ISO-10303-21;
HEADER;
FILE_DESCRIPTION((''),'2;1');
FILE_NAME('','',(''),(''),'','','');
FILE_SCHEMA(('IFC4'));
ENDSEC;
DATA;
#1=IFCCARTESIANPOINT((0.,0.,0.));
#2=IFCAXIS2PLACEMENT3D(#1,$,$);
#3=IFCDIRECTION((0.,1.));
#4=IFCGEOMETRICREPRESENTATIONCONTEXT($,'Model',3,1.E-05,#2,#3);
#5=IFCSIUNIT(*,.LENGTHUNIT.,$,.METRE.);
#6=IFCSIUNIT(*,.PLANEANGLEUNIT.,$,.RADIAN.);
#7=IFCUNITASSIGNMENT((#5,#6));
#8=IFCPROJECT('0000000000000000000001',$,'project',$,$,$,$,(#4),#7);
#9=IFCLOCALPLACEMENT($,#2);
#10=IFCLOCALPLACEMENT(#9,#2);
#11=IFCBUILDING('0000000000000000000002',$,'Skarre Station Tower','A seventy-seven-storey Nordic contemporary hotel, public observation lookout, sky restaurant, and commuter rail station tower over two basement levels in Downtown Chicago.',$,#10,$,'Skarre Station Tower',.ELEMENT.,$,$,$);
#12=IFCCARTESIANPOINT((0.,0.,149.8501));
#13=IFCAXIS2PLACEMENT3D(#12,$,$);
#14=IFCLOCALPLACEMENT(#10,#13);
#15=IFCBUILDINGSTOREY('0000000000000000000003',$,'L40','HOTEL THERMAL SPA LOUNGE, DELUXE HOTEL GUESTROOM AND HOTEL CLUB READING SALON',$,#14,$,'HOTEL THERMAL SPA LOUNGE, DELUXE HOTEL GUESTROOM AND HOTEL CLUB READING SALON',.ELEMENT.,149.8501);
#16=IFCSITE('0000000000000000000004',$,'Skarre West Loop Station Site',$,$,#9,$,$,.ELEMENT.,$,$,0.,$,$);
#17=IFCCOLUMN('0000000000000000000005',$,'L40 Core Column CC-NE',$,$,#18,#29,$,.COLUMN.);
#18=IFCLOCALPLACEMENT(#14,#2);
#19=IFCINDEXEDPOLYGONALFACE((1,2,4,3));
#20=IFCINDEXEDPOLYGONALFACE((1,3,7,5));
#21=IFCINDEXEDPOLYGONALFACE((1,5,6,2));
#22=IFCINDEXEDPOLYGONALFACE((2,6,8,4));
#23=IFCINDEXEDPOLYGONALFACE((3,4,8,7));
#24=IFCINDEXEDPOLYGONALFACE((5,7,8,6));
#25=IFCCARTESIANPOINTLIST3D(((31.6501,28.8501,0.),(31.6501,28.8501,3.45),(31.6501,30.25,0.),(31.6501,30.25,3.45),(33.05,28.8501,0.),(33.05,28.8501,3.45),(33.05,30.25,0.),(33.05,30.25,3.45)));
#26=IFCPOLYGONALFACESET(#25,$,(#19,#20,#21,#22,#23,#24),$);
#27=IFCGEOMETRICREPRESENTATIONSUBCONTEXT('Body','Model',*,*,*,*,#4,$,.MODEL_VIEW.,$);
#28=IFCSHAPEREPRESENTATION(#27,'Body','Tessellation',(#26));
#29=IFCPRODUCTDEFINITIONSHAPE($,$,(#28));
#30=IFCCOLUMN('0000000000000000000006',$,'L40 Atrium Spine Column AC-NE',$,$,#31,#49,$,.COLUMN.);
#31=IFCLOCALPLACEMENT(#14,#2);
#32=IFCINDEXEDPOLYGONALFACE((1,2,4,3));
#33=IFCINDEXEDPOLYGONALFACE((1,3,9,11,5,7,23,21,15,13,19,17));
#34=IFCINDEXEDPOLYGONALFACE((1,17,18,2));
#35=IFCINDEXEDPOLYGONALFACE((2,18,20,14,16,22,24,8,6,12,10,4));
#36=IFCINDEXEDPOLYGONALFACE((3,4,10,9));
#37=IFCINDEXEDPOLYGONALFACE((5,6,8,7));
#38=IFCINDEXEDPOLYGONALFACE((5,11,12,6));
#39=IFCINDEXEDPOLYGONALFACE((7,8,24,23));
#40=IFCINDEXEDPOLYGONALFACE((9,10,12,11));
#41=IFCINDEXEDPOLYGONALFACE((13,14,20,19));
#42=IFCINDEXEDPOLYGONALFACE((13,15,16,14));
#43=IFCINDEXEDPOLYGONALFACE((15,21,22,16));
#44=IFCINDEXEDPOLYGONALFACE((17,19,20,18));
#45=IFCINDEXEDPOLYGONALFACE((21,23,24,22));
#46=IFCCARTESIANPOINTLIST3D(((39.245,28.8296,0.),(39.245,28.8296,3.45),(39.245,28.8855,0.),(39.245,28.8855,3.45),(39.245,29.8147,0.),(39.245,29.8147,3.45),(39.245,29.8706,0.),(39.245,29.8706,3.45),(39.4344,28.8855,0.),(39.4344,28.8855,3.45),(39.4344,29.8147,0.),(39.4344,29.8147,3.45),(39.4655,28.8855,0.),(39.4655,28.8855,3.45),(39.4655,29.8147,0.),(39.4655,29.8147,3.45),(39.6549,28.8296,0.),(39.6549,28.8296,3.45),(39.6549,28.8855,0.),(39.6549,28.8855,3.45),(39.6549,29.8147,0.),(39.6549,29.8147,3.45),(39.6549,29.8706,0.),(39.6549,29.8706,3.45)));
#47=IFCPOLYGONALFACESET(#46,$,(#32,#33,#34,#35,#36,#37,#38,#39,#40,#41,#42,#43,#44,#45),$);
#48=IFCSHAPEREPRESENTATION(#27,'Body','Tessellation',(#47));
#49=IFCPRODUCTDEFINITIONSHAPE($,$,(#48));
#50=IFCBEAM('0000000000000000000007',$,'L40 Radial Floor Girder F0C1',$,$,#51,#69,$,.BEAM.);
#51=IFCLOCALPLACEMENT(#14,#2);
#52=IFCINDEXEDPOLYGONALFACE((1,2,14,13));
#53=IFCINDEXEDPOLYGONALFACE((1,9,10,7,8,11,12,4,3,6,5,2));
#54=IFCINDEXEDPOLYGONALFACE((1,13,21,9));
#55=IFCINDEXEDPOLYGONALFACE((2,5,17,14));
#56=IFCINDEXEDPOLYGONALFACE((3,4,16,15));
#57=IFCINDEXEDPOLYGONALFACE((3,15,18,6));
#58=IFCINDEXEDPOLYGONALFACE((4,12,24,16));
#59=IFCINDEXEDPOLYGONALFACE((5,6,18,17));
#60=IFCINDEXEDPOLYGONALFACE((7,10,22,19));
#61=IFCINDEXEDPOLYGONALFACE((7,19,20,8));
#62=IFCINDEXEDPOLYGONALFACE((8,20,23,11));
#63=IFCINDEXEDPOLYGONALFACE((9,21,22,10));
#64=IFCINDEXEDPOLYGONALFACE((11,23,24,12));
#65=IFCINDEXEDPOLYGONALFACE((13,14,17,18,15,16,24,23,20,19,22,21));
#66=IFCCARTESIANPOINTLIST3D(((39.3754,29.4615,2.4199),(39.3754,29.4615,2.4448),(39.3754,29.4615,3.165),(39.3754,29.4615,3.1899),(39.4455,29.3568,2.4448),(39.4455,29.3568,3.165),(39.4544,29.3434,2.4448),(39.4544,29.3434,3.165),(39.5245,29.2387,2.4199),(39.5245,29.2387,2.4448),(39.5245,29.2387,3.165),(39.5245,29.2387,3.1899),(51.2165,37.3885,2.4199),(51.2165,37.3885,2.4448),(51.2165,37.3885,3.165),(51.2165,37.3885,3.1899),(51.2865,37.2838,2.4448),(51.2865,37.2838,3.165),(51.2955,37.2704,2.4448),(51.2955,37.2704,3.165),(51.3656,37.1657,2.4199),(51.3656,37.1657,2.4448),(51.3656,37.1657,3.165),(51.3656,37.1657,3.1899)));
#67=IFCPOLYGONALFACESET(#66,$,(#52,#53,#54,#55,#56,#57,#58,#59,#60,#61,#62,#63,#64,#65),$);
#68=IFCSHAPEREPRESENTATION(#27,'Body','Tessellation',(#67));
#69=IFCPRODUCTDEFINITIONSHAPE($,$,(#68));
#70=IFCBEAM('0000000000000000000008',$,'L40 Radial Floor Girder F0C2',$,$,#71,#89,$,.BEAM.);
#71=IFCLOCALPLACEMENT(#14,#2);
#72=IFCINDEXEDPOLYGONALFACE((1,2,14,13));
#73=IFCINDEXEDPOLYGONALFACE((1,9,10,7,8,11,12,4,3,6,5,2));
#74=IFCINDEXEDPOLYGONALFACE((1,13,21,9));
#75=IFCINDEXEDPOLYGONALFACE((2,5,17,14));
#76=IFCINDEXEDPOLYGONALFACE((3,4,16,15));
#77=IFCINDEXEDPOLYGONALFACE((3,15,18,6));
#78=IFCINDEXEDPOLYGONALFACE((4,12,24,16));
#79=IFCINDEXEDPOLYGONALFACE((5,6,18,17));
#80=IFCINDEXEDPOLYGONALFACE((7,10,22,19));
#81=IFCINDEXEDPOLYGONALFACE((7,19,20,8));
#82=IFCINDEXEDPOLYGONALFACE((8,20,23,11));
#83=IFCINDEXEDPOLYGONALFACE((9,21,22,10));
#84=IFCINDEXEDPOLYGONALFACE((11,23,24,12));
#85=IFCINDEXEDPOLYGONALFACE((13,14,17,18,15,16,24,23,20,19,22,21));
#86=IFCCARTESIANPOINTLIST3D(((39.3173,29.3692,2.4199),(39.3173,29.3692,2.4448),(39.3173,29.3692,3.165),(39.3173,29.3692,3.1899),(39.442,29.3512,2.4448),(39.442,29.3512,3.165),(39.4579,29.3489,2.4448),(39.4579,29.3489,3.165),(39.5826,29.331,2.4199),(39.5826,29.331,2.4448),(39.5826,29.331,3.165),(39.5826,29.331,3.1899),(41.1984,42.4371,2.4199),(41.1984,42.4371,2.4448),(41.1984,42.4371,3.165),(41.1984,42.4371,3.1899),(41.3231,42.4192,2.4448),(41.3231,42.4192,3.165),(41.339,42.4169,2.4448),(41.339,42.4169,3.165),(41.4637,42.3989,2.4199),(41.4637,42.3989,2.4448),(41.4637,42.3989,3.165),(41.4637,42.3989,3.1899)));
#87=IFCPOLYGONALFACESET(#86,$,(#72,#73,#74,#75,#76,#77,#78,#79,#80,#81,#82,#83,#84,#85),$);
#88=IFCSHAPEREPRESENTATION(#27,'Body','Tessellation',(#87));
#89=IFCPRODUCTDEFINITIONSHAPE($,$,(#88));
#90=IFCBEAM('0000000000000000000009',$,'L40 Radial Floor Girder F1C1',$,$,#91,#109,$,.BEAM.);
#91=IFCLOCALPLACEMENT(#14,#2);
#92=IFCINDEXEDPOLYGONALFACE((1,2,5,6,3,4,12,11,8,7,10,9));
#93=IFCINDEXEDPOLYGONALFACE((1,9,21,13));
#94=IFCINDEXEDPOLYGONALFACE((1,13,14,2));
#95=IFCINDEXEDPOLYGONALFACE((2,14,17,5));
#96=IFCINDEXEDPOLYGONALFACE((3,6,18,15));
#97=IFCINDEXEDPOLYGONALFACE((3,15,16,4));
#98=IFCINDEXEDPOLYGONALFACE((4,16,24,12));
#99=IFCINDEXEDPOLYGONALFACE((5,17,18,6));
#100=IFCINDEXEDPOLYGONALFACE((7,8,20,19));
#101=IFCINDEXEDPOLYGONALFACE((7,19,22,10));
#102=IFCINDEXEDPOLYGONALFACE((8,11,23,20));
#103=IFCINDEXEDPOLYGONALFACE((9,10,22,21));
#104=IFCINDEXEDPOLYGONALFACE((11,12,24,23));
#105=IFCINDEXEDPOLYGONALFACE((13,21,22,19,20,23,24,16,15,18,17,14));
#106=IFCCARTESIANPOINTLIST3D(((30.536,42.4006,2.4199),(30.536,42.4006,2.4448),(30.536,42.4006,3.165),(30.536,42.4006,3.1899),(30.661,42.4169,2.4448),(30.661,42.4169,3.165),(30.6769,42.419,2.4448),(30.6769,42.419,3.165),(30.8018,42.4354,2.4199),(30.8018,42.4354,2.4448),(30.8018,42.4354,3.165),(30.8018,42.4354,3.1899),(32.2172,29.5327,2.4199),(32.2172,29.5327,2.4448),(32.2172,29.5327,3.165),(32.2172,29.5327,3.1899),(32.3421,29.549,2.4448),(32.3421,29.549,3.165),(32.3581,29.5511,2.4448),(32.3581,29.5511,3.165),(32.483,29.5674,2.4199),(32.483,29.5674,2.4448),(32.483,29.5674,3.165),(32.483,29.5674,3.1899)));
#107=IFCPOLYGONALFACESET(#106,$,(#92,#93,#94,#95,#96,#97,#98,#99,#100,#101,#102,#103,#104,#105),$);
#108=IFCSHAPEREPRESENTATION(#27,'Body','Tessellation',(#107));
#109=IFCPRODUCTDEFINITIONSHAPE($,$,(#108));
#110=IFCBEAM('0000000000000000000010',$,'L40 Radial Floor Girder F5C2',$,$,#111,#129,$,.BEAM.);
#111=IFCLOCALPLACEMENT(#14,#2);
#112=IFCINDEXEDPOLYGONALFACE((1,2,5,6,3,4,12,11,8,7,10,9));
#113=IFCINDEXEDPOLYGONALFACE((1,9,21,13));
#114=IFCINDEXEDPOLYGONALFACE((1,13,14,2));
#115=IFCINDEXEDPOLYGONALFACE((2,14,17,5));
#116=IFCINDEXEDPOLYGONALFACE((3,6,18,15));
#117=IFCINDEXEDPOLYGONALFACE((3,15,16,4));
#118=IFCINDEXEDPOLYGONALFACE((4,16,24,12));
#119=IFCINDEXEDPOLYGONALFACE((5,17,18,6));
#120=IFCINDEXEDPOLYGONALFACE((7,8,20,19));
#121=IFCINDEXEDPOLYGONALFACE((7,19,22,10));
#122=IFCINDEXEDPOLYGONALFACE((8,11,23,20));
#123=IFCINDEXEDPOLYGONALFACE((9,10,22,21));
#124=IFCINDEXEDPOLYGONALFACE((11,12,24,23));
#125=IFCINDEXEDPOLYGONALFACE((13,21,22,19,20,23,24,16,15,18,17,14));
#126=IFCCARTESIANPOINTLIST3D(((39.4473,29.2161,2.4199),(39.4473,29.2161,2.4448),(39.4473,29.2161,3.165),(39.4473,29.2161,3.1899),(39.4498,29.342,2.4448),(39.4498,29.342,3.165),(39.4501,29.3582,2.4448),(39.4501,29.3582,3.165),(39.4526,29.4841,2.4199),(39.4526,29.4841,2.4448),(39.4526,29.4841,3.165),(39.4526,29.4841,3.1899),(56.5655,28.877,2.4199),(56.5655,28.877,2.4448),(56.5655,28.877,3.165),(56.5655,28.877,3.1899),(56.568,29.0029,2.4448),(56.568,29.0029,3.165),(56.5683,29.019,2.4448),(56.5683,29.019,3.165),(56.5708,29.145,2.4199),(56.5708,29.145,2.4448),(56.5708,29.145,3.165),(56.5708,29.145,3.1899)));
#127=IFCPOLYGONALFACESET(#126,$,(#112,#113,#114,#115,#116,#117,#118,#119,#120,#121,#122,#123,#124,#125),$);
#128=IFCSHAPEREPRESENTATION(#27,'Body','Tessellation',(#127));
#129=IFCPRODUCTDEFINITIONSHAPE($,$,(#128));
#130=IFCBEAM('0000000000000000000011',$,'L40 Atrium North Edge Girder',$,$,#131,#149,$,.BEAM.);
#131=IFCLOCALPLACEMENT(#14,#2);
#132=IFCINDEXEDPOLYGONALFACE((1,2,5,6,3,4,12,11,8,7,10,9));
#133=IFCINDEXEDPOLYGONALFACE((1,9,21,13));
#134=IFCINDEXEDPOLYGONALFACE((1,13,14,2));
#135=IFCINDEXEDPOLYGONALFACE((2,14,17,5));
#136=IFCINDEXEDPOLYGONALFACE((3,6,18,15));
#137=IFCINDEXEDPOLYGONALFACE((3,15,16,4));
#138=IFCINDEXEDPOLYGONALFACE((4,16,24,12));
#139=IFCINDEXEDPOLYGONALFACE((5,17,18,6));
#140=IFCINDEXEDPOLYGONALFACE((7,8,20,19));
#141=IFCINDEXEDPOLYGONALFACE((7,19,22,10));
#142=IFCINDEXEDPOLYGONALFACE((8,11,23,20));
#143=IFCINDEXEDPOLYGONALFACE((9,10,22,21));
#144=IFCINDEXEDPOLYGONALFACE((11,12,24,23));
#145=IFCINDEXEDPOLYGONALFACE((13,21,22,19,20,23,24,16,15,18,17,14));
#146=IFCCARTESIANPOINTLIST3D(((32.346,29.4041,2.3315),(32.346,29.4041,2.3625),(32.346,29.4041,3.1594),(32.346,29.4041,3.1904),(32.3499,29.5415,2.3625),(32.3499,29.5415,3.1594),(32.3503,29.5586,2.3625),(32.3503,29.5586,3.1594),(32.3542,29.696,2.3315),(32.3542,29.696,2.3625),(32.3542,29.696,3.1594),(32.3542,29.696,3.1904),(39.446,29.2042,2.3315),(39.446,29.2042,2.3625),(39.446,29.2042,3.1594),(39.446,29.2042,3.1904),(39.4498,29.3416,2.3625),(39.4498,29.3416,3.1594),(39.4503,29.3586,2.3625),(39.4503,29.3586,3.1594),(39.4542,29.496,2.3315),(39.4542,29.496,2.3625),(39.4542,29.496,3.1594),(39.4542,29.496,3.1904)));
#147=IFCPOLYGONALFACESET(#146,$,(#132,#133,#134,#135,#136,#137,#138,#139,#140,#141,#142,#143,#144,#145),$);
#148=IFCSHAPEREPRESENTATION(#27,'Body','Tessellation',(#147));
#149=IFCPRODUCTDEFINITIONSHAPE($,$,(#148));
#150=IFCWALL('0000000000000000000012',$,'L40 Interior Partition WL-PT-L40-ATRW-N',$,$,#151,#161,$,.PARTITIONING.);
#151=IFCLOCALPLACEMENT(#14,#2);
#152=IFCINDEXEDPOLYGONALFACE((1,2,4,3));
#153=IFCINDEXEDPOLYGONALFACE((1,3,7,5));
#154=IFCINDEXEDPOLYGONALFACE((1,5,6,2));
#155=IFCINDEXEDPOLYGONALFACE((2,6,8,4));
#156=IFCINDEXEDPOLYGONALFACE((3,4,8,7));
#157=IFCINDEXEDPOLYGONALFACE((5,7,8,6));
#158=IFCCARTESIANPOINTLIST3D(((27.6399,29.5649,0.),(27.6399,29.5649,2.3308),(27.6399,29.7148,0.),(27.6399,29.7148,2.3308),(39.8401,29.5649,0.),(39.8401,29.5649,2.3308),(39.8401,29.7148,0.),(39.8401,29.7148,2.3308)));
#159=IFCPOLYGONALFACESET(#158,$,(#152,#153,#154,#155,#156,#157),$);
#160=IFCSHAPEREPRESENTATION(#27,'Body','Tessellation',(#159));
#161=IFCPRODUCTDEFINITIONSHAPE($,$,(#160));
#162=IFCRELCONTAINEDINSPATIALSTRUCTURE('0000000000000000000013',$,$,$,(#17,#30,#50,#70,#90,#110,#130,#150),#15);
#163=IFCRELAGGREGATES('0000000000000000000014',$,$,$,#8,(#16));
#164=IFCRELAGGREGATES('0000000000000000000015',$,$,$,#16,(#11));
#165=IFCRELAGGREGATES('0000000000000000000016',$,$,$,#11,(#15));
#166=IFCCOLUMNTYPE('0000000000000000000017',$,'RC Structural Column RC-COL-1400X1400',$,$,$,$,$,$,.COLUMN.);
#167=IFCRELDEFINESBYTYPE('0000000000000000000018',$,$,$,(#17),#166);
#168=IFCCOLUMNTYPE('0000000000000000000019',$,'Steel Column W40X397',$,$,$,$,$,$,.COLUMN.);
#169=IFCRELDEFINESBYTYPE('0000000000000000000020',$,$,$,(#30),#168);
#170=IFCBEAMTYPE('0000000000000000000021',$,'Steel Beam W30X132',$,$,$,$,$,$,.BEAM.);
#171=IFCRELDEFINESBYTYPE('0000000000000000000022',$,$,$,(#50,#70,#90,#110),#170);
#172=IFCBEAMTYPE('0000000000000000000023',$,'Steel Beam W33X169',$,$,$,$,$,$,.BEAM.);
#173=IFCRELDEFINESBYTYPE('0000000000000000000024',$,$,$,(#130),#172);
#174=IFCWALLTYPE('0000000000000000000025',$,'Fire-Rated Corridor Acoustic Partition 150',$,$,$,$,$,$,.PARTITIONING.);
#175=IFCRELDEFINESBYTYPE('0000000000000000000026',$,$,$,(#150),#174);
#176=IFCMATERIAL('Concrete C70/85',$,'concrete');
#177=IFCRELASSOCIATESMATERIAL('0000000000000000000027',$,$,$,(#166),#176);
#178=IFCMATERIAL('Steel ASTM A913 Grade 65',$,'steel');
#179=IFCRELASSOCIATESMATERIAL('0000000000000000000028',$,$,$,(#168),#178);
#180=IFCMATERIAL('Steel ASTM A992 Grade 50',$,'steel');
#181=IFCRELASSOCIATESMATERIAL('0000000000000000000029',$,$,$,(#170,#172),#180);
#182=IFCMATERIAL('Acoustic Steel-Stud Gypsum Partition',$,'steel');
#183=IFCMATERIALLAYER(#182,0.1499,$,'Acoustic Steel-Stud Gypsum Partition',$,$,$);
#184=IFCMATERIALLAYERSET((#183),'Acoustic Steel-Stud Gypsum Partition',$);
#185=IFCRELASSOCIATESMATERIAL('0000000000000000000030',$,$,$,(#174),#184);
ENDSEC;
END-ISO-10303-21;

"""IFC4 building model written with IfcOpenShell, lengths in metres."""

from ifc_helpers import new_model, si_unit, direction, frame, frame_2d, origin, origin_2d, place, context, subcontext, project, spatial, rectangle, i_section, extrude, material, layer, layer_set, material_profile, profile_set, type_object, element, save


model = new_model("IFC4")

# Units and contexts
model_context = context("Model", 3, precision=1e-05, world=origin(), true_north=direction((0.0, 1.0)))
body_context = subcontext(model_context, "Body", "Model", "MODEL_VIEW")
ifc_project = project(units=[si_unit("LENGTHUNIT", "METRE"), si_unit("PLANEANGLEUNIT", "RADIAN")], contexts=[model_context])

# Site, building, storey
site_placement = place(None, origin())
site = spatial("IfcSite", under=ifc_project, at=site_placement, Name="Skarre West Loop Station Site", CompositionType="ELEMENT", RefElevation=0.0)
building_placement = place(site_placement, origin())
building = spatial("IfcBuilding", under=site, at=building_placement, Name="Skarre Station Tower", Description="A seventy-seven-storey Nordic contemporary hotel, public observation lookout, sky restaurant, and commuter rail station tower over two basement levels in Downtown Chicago.", LongName="Skarre Station Tower", CompositionType="ELEMENT")
storey_placement = place(building_placement, frame((0.0, 0.0, 149.8501)))
storey = spatial("IfcBuildingStorey", under=building, at=storey_placement, Name="L40", Description="HOTEL THERMAL SPA LOUNGE, DELUXE HOTEL GUESTROOM AND HOTEL CLUB READING SALON", LongName="HOTEL THERMAL SPA LOUNGE, DELUXE HOTEL GUESTROOM AND HOTEL CLUB READING SALON", CompositionType="ELEMENT", Elevation=149.8501)

# Columns
ifc_material_1 = material(Name="Concrete C70/85", Category="concrete")
ifc_material_profile_1 = material_profile(ifc_material_1, rectangle(XDim=1.3999, YDim=1.3999, at=origin_2d()), Name="Concrete C70/85")
ifc_profile_set_1 = profile_set([ifc_material_profile_1], Name="Concrete C70/85")
column_type_1 = type_object("IfcColumnType", Name="RC Structural Column RC-COL-1400X1400", PredefinedType="COLUMN", material=ifc_profile_set_1)
column_1_placement = place(storey_placement, frame((32.3501, 29.55, 0.0), z_axis=(0.0, 0.0, 1.0), x_axis=(1.0, 0.0, 0.0)))
element("IfcColumn", 1, at=column_1_placement, inside=storey, type_object=column_type_1, Name="L40 Core Column CC-NE", PredefinedType="COLUMN", context=body_context, shape_type="SweptSolid", body=[
    extrude(rectangle(XDim=1.3999, YDim=1.3999, at=origin_2d()), origin(), (0.0, 0.0, 1.0), 3.45),
])
ifc_material_2 = material(Name="Steel ASTM A913 Grade 65", Category="steel")
ifc_material_profile_2 = material_profile(ifc_material_2, i_section(OverallWidth=0.4099, OverallDepth=1.041, WebThickness=0.031, FlangeThickness=0.0559, at=origin_2d()), Name="Steel ASTM A913 Grade 65")
ifc_profile_set_2 = profile_set([ifc_material_profile_2], Name="Steel ASTM A913 Grade 65")
column_type_2 = type_object("IfcColumnType", Name="Steel Column W40X397", PredefinedType="COLUMN", material=ifc_profile_set_2)
column_2_placement = place(storey_placement, frame((39.45, 29.3501, 0.0), z_axis=(0.0, 0.0, 1.0), x_axis=(1.0, 0.0, 0.0)))
element("IfcColumn", 2, at=column_2_placement, inside=storey, type_object=column_type_2, Name="L40 Atrium Spine Column AC-NE", PredefinedType="COLUMN", context=body_context, shape_type="SweptSolid", body=[
    extrude(i_section(OverallWidth=0.4099, OverallDepth=1.041, WebThickness=0.031, FlangeThickness=0.0559, at=origin_2d()), origin(), (0.0, 0.0, 1.0), 3.45),
])

# Beams
ifc_material_3 = material(Name="Steel ASTM A992 Grade 50", Category="steel")
ifc_material_profile_3 = material_profile(ifc_material_3, i_section(OverallWidth=0.2681, OverallDepth=0.77, WebThickness=0.0161, FlangeThickness=0.0249, at=origin_2d()), Name="Steel ASTM A992 Grade 50")
ifc_profile_set_3 = profile_set([ifc_material_profile_3], Name="Steel ASTM A992 Grade 50")
beam_type_1 = type_object("IfcBeamType", Name="Steel Beam W30X132", PredefinedType="BEAM", material=ifc_profile_set_3)
beam_1_placement = place(storey_placement, frame((39.45, 29.3501, 2.8049), z_axis=(0.830981, 0.5563, 0.0), x_axis=(-0.5563, 0.830981, 0.0)))
element("IfcBeam", 3, at=beam_1_placement, inside=storey, type_object=beam_type_1, Name="L40 Radial Floor Girder F0C1", PredefinedType="BEAM", context=body_context, shape_type="SweptSolid", body=[
    extrude(i_section(OverallWidth=0.2681, OverallDepth=0.77, WebThickness=0.0161, FlangeThickness=0.0249, at=origin_2d()), origin(), (0.0, 0.0, 1.0), 14.2495),
])
beam_2_placement = place(storey_placement, frame((39.45, 29.3501, 2.8049), z_axis=(0.14248, 0.989798, 0.0), x_axis=(-0.989798, 0.14248, 0.0)))
element("IfcBeam", 4, at=beam_2_placement, inside=storey, type_object=beam_type_1, Name="L40 Radial Floor Girder F0C2", PredefinedType="BEAM", context=body_context, shape_type="SweptSolid", body=[
    extrude(i_section(OverallWidth=0.2681, OverallDepth=0.77, WebThickness=0.0161, FlangeThickness=0.0249, at=origin_2d()), origin(), (0.0, 0.0, 1.0), 13.2026),
])
beam_3_placement = place(storey_placement, frame((32.3501, 29.55, 2.8049), z_axis=(-0.129546, 0.991573, 0.0), x_axis=(-0.991573, -0.129546, 0.0)))
element("IfcBeam", 5, at=beam_3_placement, inside=storey, type_object=beam_type_1, Name="L40 Radial Floor Girder F1C1", PredefinedType="BEAM", context=body_context, shape_type="SweptSolid", body=[
    extrude(i_section(OverallWidth=0.2681, OverallDepth=0.77, WebThickness=0.0161, FlangeThickness=0.0249, at=origin_2d()), origin(), (0.0, 0.0, 1.0), 12.9773),
])
beam_4_placement = place(storey_placement, frame((39.45, 29.3501, 2.8049), z_axis=(0.999804, -0.019806, 0.0), x_axis=(0.019806, 0.999804, 0.0)))
element("IfcBeam", 6, at=beam_4_placement, inside=storey, type_object=beam_type_1, Name="L40 Radial Floor Girder F5C2", PredefinedType="BEAM", context=body_context, shape_type="SweptSolid", body=[
    extrude(i_section(OverallWidth=0.2681, OverallDepth=0.77, WebThickness=0.0161, FlangeThickness=0.0249, at=origin_2d()), origin(), (0.0, 0.0, 1.0), 17.1216),
])
ifc_material_profile_4 = material_profile(ifc_material_3, i_section(OverallWidth=0.292, OverallDepth=0.8589, WebThickness=0.0171, FlangeThickness=0.031, at=origin_2d()), Name="Steel ASTM A992 Grade 50")
ifc_profile_set_4 = profile_set([ifc_material_profile_4], Name="Steel ASTM A992 Grade 50")
beam_type_2 = type_object("IfcBeamType", Name="Steel Beam W33X169", PredefinedType="BEAM", material=ifc_profile_set_4)
beam_5_placement = place(storey_placement, frame((32.3501, 29.55, 2.761), z_axis=(0.999604, -0.028152, 0.0), x_axis=(0.028152, 0.999604, 0.0)))
element("IfcBeam", 7, at=beam_5_placement, inside=storey, type_object=beam_type_2, Name="L40 Atrium North Edge Girder", PredefinedType="BEAM", context=body_context, shape_type="SweptSolid", body=[
    extrude(i_section(OverallWidth=0.292, OverallDepth=0.8589, WebThickness=0.0171, FlangeThickness=0.031, at=origin_2d()), origin(), (0.0, 0.0, 1.0), 7.1028),
])

# Wall
ifc_material_4 = material(Name="Acoustic Steel-Stud Gypsum Partition", Category="steel")
ifc_layer_1 = layer(ifc_material_4, 0.1499, Name="Acoustic Steel-Stud Gypsum Partition")
ifc_layer_set_1 = layer_set([ifc_layer_1], Name="Acoustic Steel-Stud Gypsum Partition")
wall_type_1 = type_object("IfcWallType", Name="Fire-Rated Corridor Acoustic Partition 150", PredefinedType="PARTITIONING", material=ifc_layer_set_1)
wall_1_placement = place(storey_placement, frame((39.8401, 29.6399, 0.0), z_axis=(0.0, 0.0, 1.0), x_axis=(-1.0, 0.0, 0.0)))
element("IfcWall", 8, at=wall_1_placement, inside=storey, type_object=wall_type_1, Name="L40 Interior Partition WL-PT-L40-ATRW-N", PredefinedType="PARTITIONING", context=body_context, shape_type="SweptSolid", body=[
    extrude(rectangle(XDim=12.2002, YDim=0.1499, at=frame_2d((6.1001, 0.0))), origin(), (0.0, 0.0, 1.0), 2.3308),
])

save(model, "model.ifc")
